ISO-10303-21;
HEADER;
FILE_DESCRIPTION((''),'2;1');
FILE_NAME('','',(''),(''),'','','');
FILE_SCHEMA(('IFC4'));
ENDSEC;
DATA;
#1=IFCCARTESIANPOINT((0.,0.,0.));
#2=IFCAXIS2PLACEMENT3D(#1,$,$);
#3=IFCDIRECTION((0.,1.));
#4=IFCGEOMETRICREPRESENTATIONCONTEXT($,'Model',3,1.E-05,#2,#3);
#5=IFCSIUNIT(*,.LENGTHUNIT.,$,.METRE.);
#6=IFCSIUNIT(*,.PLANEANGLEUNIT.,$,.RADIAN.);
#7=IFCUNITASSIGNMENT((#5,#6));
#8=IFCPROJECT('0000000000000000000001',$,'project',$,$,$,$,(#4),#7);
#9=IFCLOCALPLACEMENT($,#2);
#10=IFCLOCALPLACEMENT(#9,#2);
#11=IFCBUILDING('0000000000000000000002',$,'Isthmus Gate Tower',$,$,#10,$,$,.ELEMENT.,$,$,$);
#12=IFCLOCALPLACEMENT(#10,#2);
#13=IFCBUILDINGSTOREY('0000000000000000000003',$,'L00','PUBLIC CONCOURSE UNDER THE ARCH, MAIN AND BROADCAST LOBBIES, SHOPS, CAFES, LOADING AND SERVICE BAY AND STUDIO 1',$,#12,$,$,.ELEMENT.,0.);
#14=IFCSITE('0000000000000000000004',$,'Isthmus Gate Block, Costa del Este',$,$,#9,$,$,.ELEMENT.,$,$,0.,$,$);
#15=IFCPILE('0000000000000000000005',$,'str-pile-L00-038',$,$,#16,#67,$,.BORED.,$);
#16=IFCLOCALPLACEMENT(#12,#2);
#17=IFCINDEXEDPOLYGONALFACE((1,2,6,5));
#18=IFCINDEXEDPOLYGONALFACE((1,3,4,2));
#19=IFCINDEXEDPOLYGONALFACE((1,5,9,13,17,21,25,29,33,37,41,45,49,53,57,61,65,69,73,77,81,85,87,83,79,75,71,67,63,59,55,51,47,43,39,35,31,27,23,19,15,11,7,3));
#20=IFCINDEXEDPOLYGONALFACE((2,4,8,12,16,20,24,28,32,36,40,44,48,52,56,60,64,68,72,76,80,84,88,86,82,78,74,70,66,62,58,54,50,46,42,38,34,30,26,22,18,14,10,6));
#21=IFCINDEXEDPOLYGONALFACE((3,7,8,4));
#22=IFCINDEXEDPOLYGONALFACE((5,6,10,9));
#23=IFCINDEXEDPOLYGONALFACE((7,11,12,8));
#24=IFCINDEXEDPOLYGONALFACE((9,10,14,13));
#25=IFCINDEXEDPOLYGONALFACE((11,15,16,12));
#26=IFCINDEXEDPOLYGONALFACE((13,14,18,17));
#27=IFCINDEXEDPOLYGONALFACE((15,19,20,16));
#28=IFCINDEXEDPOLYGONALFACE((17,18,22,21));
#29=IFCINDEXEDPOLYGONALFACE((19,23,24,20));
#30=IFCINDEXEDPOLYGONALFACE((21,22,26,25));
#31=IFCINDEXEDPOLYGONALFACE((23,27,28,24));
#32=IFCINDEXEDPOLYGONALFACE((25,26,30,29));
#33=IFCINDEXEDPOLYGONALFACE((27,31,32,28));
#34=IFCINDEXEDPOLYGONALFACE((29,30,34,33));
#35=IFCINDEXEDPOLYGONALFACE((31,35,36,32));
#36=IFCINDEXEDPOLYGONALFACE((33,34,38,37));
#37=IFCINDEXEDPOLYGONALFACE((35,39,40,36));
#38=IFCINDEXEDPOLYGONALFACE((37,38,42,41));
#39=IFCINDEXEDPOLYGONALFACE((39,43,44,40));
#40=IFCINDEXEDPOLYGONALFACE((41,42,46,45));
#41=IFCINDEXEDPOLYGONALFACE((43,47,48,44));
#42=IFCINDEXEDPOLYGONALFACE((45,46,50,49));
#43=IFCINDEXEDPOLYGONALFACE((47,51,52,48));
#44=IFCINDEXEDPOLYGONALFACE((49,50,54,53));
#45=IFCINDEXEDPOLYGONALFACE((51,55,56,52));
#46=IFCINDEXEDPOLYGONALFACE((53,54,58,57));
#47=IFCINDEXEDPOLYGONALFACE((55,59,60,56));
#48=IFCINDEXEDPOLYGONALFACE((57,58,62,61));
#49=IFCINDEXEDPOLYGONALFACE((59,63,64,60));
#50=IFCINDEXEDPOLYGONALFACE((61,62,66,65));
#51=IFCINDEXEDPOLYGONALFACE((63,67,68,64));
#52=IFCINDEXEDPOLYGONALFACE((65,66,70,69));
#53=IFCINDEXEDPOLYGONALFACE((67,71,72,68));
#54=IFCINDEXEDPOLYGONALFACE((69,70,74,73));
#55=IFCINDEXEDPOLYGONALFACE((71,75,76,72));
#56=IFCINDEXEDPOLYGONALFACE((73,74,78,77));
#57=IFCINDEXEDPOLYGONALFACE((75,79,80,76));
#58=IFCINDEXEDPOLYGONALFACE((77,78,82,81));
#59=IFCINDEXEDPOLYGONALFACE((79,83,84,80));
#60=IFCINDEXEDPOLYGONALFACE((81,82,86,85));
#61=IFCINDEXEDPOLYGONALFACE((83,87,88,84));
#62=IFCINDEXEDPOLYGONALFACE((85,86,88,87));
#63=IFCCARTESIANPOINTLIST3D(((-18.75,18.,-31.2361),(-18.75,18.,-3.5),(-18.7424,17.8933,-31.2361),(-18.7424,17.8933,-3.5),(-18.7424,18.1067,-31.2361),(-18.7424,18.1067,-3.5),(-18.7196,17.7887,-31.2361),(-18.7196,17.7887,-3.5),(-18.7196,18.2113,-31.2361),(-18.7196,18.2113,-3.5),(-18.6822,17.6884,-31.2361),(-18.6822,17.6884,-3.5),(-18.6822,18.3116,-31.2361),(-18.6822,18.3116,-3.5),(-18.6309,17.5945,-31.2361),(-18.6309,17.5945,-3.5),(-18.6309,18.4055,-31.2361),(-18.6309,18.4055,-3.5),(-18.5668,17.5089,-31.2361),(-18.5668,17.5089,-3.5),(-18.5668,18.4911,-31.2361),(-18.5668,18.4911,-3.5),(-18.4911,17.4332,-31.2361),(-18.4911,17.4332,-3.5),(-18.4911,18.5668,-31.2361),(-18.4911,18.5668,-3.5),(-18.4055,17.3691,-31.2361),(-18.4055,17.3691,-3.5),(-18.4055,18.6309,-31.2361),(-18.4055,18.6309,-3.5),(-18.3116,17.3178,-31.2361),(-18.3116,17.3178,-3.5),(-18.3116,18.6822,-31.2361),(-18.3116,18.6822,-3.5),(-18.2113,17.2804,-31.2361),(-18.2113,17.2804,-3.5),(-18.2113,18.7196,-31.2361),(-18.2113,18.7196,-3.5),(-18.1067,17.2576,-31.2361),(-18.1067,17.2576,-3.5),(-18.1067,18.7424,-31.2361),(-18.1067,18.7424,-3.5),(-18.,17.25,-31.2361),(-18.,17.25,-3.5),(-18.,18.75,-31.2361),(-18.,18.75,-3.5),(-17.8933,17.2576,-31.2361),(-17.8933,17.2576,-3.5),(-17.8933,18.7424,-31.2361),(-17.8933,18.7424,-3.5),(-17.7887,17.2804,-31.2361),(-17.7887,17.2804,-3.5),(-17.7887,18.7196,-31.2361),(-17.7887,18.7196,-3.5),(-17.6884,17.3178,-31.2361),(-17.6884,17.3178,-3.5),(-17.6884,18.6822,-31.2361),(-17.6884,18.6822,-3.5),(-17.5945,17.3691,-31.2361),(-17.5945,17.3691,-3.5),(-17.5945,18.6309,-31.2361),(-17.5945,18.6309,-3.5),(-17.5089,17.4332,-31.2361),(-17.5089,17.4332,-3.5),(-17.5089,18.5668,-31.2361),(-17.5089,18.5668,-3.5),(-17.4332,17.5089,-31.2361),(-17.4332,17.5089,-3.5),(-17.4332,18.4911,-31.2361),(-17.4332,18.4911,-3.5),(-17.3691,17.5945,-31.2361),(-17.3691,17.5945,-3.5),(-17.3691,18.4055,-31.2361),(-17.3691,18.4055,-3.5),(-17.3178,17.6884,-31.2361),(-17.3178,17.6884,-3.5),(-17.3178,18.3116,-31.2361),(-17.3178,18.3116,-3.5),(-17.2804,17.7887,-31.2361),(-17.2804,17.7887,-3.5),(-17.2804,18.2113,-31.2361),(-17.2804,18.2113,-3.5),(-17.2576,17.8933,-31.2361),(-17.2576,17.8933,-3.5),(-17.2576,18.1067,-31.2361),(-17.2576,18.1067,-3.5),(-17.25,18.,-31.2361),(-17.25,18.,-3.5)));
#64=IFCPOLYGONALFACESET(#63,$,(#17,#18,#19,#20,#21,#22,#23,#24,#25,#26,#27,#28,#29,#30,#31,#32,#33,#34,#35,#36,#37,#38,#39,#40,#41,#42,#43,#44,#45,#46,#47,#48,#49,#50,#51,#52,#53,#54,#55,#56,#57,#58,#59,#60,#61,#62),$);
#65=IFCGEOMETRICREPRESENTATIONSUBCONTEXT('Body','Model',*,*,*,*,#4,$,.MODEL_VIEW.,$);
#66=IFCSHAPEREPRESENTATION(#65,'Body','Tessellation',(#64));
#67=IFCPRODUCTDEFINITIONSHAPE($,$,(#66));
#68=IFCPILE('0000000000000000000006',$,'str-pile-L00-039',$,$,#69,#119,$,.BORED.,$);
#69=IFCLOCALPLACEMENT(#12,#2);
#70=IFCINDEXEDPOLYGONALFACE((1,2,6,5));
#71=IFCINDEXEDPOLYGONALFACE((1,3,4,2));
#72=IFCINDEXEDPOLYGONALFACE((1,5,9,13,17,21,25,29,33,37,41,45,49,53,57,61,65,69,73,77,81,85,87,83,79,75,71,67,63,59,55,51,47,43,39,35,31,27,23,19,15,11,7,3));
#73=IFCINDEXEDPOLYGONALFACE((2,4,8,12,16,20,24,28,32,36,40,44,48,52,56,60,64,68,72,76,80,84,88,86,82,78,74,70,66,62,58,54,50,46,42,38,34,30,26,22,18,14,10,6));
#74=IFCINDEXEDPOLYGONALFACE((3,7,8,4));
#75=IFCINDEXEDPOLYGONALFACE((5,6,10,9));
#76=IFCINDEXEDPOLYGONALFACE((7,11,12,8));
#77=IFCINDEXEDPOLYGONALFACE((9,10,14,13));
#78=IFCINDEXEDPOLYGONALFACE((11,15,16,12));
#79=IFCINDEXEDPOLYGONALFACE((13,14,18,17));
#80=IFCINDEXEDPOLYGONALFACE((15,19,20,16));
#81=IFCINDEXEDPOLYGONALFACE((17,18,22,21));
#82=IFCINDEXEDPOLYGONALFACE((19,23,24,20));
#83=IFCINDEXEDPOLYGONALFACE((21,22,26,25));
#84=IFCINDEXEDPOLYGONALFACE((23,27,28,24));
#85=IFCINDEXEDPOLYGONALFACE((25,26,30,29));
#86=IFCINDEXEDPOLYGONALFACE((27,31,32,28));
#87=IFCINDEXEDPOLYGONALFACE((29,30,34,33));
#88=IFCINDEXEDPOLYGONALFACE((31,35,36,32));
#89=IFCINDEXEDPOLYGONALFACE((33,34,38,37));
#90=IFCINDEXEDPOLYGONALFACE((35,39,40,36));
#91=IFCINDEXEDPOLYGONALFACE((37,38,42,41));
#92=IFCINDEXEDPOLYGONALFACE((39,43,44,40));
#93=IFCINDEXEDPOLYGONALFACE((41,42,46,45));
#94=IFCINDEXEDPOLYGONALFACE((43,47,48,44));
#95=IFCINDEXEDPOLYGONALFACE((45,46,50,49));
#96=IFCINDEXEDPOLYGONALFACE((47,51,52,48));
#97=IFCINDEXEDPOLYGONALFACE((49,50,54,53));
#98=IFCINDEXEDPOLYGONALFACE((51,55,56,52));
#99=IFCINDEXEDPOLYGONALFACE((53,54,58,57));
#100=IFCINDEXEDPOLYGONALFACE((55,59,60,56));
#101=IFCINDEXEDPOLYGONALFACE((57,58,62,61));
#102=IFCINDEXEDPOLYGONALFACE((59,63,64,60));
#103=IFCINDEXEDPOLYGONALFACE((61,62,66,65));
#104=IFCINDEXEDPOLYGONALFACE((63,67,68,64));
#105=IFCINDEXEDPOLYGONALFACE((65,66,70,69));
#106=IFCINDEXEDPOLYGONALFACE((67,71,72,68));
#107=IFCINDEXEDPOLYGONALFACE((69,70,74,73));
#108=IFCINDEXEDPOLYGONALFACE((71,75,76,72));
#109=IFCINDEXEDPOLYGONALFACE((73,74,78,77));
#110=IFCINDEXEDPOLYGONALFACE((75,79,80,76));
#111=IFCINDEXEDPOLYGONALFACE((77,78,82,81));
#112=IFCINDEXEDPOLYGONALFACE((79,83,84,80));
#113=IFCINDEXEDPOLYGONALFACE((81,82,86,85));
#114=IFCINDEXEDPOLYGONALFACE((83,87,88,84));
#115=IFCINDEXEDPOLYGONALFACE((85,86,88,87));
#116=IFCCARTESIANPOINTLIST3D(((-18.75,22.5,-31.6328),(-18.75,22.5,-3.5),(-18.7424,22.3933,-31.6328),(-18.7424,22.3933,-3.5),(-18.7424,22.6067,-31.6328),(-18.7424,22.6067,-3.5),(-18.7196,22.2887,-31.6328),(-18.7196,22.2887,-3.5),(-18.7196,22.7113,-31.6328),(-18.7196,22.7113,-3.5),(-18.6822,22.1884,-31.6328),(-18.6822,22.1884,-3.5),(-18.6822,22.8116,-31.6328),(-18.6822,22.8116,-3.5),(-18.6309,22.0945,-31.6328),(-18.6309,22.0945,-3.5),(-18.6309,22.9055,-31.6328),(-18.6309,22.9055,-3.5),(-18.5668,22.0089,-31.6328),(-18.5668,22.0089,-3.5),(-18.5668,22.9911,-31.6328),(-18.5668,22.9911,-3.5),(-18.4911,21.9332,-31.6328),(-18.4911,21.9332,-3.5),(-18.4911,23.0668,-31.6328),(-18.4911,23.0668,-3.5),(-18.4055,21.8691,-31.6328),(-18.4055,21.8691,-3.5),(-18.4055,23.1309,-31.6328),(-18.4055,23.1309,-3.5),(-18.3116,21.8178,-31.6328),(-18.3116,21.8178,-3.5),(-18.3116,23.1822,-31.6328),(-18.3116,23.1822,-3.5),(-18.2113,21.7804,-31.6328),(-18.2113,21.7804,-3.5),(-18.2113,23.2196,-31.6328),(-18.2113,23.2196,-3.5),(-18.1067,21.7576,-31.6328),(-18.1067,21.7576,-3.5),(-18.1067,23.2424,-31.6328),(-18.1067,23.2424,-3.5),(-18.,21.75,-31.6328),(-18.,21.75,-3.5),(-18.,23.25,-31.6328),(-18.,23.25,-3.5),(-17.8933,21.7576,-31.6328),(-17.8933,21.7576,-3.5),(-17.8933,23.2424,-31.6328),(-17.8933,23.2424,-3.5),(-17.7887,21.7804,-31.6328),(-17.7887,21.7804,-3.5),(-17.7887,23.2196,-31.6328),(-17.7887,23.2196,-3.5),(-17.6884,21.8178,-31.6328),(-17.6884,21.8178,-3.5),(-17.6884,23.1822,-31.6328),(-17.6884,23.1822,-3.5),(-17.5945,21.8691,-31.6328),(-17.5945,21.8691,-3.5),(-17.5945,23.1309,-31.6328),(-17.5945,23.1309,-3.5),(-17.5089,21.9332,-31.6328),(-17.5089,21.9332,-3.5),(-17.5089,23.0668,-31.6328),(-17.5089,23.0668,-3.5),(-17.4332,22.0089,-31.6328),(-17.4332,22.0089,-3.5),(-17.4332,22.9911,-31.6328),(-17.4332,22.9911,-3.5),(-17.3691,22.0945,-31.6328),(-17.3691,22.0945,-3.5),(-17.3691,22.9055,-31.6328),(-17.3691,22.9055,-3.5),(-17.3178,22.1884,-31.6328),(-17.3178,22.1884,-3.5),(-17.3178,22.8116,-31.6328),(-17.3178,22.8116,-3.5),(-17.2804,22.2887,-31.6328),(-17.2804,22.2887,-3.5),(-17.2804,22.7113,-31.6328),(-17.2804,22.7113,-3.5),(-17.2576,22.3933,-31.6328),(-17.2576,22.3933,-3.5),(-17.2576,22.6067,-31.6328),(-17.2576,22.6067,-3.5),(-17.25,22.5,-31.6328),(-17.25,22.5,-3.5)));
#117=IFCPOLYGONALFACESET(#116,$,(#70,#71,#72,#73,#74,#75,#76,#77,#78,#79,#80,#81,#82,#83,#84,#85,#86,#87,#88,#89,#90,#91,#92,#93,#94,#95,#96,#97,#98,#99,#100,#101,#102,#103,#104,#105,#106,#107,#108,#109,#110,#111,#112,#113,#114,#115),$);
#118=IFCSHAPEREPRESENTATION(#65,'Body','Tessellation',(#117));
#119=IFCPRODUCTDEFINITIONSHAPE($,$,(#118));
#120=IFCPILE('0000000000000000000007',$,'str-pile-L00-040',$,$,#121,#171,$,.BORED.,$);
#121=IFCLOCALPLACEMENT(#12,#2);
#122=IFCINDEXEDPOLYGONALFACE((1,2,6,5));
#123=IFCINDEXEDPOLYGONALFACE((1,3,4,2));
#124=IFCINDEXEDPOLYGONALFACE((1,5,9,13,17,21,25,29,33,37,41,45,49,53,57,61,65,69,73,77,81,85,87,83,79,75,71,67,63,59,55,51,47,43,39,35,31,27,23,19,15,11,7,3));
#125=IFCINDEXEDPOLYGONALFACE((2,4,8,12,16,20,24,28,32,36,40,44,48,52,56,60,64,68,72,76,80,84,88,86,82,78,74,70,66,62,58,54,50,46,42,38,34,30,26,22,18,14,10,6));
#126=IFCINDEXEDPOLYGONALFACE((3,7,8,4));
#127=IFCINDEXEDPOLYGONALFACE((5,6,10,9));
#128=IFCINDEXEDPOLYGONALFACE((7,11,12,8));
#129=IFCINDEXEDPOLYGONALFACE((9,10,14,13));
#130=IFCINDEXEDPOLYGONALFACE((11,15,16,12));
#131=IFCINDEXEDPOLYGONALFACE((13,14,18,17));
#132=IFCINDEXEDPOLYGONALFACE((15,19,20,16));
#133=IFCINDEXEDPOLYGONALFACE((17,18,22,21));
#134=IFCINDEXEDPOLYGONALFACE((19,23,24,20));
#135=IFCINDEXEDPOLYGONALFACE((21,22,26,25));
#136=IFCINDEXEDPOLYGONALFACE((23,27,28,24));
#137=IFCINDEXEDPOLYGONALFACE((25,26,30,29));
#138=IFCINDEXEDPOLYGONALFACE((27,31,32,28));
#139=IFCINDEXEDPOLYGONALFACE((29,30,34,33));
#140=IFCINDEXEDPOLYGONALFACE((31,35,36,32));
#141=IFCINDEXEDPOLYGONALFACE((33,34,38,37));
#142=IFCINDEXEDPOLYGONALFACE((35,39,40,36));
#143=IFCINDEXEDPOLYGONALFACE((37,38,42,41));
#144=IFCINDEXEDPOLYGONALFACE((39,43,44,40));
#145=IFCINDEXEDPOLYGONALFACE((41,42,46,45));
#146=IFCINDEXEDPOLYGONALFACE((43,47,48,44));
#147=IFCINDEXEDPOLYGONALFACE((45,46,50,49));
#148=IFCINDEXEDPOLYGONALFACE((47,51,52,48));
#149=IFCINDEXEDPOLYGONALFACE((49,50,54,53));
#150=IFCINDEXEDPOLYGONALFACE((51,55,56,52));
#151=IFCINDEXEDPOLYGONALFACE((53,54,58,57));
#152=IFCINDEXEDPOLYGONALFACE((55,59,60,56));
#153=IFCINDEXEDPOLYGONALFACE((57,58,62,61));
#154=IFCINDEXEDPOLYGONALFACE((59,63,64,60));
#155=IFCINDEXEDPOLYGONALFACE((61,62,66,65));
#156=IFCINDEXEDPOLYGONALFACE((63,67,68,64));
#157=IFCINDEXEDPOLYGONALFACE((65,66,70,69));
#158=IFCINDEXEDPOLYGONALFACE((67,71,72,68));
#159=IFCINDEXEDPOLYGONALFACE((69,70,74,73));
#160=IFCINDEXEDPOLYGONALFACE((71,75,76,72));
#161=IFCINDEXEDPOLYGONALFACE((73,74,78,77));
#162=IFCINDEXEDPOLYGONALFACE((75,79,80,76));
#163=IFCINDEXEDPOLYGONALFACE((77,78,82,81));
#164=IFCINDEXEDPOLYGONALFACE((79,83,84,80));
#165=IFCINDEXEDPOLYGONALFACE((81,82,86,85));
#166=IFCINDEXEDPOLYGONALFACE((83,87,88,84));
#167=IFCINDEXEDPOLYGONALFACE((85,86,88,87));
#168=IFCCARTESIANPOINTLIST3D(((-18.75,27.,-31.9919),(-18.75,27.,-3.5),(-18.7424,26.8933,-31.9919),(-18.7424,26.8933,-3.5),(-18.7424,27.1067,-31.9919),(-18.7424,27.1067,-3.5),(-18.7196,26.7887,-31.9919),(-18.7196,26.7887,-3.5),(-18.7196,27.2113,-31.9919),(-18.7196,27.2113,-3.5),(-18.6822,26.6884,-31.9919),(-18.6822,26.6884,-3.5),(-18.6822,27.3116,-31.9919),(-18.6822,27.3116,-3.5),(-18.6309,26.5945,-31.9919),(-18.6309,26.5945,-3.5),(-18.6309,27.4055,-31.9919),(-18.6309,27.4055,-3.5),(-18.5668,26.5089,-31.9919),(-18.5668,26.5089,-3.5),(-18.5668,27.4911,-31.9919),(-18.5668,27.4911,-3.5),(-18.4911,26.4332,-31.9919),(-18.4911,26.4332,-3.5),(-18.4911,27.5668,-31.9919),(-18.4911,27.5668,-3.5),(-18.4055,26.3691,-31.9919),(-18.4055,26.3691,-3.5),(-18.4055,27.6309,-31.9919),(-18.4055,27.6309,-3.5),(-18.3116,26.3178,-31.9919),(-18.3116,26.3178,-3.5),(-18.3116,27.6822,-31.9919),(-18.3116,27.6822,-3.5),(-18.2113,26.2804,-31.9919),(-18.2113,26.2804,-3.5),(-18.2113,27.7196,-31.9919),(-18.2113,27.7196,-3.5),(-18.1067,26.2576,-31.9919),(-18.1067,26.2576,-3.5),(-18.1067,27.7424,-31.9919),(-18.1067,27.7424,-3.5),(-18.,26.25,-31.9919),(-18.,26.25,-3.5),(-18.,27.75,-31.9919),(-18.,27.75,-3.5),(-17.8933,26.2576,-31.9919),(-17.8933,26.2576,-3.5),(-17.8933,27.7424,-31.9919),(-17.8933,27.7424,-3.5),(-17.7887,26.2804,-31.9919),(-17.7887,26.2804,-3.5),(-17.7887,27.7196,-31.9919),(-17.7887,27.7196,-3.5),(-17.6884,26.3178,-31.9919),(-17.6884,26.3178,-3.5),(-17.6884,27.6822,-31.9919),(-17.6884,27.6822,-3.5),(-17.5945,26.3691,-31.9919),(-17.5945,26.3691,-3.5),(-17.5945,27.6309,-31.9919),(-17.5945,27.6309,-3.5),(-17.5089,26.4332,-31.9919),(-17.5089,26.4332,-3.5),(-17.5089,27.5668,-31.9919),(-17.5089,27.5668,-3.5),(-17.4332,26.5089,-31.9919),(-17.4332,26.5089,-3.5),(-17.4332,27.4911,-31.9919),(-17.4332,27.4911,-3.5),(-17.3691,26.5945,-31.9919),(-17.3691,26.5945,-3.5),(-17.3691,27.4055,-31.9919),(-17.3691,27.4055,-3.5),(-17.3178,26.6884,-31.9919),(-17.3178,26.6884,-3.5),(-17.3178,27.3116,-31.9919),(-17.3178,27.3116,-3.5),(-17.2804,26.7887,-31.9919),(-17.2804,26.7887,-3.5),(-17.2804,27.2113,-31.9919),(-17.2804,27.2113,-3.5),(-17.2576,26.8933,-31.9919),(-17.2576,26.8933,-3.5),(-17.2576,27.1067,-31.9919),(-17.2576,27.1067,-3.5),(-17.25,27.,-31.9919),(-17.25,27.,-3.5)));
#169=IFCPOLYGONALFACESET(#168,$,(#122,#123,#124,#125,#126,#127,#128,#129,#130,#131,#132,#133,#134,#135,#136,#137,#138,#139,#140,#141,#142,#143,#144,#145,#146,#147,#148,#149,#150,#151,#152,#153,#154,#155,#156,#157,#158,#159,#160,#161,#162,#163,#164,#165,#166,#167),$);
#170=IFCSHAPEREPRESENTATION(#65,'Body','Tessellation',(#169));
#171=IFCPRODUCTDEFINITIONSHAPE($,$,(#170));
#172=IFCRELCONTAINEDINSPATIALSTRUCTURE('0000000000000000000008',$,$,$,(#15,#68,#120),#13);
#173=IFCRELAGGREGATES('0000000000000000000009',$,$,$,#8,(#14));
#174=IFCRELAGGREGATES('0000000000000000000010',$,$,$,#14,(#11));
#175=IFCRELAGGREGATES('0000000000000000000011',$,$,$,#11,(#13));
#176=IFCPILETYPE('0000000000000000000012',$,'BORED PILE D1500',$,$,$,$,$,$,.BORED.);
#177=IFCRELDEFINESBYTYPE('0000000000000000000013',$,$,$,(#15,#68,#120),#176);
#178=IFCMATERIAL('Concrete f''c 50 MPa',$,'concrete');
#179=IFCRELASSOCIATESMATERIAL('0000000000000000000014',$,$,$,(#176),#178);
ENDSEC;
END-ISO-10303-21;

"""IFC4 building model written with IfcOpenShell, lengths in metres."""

from ifc_helpers import new_model, si_unit, direction, frame, origin, origin_2d, place, context, subcontext, project, spatial, circle, extrude, material, material_profile, profile_set, type_object, element, save


model = new_model("IFC4")

# Units and contexts
model_context = context("Model", 3, precision=1e-05, world=origin(), true_north=direction((0.0, 1.0)))
body_context = subcontext(model_context, "Body", "Model", "MODEL_VIEW")
ifc_project = project(units=[si_unit("LENGTHUNIT", "METRE"), si_unit("PLANEANGLEUNIT", "RADIAN")], contexts=[model_context])

# Site, building, storey
site_placement = place(None, origin())
site = spatial("IfcSite", under=ifc_project, at=site_placement, Name="Isthmus Gate Block, Costa del Este", CompositionType="ELEMENT", RefElevation=0.0)
building_placement = place(site_placement, origin())
building = spatial("IfcBuilding", under=site, at=building_placement, Name="Isthmus Gate Tower", CompositionType="ELEMENT")
storey_placement = place(building_placement, origin())
storey = spatial("IfcBuildingStorey", under=building, at=storey_placement, Name="L00", Description="PUBLIC CONCOURSE UNDER THE ARCH, MAIN AND BROADCAST LOBBIES, SHOPS, CAFES, LOADING AND SERVICE BAY AND STUDIO 1", CompositionType="ELEMENT", Elevation=0.0)

# Piles
ifc_material_1 = material(Name="Concrete f'c 50 MPa", Category="concrete")
ifc_material_profile_1 = material_profile(ifc_material_1, circle(Radius=0.75, at=origin_2d()), Name="D1500")
ifc_profile_set_1 = profile_set([ifc_material_profile_1], Name="Concrete f'c 50 MPa")
pile_type_1 = type_object("IfcPileType", Name="BORED PILE D1500", PredefinedType="BORED", material=ifc_profile_set_1)
pile_1_placement = place(storey_placement, frame((-18.0, 18.0, -3.5), z_axis=(0.0, 0.0, -1.0), x_axis=(1.0, 0.0, 0.0)))
element("IfcPile", 1, at=pile_1_placement, inside=storey, type_object=pile_type_1, Name="str-pile-L00-038", PredefinedType="BORED", context=body_context, shape_type="SweptSolid", body=[
    extrude(circle(Radius=0.75, at=origin_2d()), origin(), (0.0, 0.0, 1.0), 27.7361),
])
pile_2_placement = place(storey_placement, frame((-18.0, 22.5, -3.5), z_axis=(0.0, 0.0, -1.0), x_axis=(1.0, 0.0, 0.0)))
element("IfcPile", 2, at=pile_2_placement, inside=storey, type_object=pile_type_1, Name="str-pile-L00-039", PredefinedType="BORED", context=body_context, shape_type="SweptSolid", body=[
    extrude(circle(Radius=0.75, at=origin_2d()), origin(), (0.0, 0.0, 1.0), 28.1328),
])
pile_3_placement = place(storey_placement, frame((-18.0, 27.0, -3.5), z_axis=(0.0, 0.0, -1.0), x_axis=(1.0, 0.0, 0.0)))
element("IfcPile", 3, at=pile_3_placement, inside=storey, type_object=pile_type_1, Name="str-pile-L00-040", PredefinedType="BORED", context=body_context, shape_type="SweptSolid", body=[
    extrude(circle(Radius=0.75, at=origin_2d()), origin(), (0.0, 0.0, 1.0), 28.4919),
])

save(model, "model.ifc")
